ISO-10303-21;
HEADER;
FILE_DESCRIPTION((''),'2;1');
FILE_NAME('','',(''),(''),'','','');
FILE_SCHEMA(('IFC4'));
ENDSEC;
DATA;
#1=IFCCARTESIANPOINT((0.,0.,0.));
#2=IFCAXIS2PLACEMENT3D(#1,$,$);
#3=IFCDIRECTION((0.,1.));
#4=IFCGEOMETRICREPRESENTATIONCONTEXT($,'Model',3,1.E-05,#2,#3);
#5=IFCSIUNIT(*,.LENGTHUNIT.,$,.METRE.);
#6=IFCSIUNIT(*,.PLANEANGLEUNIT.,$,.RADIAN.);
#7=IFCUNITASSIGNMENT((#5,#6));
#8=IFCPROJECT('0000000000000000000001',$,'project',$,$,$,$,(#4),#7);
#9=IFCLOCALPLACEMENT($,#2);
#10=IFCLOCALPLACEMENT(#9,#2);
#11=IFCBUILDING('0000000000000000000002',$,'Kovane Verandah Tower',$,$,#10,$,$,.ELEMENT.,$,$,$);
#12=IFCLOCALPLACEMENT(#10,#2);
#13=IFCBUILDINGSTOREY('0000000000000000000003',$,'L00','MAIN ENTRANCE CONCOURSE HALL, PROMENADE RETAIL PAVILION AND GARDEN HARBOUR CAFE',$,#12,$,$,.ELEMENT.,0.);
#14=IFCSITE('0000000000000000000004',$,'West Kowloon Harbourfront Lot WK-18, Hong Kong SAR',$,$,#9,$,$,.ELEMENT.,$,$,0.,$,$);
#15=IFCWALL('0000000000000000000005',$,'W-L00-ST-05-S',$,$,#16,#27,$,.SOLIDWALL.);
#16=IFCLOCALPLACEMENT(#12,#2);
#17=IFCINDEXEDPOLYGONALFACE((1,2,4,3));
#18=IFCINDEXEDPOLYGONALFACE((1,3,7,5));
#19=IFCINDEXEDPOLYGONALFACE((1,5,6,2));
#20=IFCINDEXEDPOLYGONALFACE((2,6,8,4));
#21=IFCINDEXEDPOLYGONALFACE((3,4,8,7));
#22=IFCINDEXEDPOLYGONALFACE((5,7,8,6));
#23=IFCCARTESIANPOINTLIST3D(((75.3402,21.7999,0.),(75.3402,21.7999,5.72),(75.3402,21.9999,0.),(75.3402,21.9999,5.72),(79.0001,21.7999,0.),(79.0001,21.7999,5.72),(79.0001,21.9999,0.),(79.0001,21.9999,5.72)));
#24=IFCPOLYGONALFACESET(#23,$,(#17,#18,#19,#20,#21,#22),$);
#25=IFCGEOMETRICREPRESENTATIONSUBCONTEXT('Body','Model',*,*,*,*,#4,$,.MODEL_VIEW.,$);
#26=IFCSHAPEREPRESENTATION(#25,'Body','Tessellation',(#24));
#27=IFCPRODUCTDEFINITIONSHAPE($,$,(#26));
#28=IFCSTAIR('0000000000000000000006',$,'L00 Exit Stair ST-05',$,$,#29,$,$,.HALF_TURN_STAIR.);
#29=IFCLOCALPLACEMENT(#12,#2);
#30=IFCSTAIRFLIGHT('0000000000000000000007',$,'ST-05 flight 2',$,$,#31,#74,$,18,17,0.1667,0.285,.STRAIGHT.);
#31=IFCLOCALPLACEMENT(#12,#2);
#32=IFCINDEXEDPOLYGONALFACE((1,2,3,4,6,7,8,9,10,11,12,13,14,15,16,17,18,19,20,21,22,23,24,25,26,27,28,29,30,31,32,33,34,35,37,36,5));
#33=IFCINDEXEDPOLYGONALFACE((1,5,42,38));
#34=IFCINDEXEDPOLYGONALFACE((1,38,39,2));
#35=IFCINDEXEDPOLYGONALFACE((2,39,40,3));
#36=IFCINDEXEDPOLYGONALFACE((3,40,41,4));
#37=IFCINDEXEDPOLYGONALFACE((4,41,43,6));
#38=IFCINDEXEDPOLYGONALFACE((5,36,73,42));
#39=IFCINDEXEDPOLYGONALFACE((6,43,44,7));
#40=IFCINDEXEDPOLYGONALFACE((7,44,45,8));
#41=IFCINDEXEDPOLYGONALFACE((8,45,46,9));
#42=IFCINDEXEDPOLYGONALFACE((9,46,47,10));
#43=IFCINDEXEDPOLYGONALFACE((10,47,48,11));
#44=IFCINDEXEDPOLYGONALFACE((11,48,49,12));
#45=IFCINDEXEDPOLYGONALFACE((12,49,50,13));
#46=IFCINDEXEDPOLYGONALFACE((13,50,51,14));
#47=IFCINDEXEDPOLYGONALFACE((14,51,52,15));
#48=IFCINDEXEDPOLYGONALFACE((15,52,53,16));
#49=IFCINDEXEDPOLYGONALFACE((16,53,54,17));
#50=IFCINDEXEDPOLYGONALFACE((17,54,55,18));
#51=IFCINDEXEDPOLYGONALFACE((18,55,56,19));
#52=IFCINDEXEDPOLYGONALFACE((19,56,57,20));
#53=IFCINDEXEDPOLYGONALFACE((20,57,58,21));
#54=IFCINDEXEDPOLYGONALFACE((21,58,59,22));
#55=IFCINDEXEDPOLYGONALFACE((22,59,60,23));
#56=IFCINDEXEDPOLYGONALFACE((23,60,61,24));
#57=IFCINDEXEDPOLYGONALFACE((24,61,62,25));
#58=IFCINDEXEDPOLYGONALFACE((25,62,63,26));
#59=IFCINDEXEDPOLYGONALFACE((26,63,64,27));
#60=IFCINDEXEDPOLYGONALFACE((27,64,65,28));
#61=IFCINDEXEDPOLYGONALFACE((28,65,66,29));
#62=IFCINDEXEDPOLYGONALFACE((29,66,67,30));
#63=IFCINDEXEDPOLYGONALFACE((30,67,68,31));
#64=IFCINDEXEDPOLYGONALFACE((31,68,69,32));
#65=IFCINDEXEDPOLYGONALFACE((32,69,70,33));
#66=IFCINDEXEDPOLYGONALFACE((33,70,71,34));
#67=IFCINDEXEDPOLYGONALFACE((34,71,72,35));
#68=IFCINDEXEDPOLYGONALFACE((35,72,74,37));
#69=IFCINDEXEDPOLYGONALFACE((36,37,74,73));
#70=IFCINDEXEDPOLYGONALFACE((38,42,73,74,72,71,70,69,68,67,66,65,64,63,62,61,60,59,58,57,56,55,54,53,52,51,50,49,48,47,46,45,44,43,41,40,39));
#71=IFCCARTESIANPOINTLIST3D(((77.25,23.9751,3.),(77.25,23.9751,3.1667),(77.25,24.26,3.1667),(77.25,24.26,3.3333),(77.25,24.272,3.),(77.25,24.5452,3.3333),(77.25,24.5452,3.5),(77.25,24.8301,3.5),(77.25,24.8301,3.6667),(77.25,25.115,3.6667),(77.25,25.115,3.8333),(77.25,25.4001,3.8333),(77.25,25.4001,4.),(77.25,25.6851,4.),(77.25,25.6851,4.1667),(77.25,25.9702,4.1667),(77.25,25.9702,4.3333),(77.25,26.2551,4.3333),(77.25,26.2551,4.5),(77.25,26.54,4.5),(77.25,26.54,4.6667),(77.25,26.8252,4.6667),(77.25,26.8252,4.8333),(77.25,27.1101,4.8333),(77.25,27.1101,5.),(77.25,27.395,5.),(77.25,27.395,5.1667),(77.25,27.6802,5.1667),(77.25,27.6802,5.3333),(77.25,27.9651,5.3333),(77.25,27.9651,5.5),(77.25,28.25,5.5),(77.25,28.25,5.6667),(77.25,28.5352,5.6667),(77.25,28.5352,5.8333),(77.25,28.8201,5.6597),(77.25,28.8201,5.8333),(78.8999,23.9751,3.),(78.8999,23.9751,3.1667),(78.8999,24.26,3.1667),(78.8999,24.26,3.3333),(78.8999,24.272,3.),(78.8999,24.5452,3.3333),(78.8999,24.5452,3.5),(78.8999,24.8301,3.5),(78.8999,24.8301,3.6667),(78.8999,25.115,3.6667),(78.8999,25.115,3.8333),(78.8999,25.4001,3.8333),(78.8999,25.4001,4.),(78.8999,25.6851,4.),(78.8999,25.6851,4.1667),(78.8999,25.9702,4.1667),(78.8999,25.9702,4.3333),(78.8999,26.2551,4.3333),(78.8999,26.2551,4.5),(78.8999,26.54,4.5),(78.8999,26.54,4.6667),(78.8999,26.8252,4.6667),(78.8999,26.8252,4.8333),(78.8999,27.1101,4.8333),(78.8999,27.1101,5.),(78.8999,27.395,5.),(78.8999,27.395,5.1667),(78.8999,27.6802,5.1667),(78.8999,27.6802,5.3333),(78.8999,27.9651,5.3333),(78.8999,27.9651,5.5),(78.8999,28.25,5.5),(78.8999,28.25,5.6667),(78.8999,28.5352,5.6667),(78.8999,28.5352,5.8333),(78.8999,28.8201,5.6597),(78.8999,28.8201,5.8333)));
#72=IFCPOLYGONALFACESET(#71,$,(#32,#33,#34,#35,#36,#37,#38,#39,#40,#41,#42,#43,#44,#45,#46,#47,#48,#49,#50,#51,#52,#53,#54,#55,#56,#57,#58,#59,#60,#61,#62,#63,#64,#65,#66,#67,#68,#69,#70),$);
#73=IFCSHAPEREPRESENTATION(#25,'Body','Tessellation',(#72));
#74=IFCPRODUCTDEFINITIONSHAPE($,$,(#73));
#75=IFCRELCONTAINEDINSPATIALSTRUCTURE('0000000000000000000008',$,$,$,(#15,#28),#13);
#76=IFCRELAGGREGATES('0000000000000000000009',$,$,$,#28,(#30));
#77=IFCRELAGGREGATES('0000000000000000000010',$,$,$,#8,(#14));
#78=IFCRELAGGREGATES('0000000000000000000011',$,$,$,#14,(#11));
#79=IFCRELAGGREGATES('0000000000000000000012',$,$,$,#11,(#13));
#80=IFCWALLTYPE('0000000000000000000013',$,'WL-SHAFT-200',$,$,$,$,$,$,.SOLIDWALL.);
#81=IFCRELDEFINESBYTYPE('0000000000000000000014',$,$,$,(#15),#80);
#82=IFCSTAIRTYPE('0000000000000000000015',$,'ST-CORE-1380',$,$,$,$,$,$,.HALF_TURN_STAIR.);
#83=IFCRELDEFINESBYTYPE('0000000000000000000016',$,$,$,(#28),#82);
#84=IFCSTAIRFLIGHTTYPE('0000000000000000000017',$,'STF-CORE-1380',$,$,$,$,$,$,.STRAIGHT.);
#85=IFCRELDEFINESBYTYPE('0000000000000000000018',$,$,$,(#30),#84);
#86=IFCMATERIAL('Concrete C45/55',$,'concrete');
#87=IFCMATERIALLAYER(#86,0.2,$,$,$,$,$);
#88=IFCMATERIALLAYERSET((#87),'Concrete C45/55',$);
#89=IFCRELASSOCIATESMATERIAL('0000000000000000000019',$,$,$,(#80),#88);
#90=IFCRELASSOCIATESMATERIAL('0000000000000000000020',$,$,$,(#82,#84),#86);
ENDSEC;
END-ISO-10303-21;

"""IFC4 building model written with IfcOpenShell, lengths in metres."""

from ifc_helpers import new_model, si_unit, direction, frame, frame_2d, origin, place, context, subcontext, project, spatial, polyline, rectangle, outline, extrude, material, layer, layer_set, type_object, element, aggregate, save


model = new_model("IFC4")

# Units and contexts
model_context = context("Model", 3, precision=1e-05, world=origin(), true_north=direction((0.0, 1.0)))
body_context = subcontext(model_context, "Body", "Model", "MODEL_VIEW")
ifc_project = project(units=[si_unit("LENGTHUNIT", "METRE"), si_unit("PLANEANGLEUNIT", "RADIAN")], contexts=[model_context])

# Site, building, storey
site_placement = place(None, origin())
site = spatial("IfcSite", under=ifc_project, at=site_placement, Name="West Kowloon Harbourfront Lot WK-18, Hong Kong SAR", CompositionType="ELEMENT", RefElevation=0.0)
building_placement = place(site_placement, origin())
building = spatial("IfcBuilding", under=site, at=building_placement, Name="Kovane Verandah Tower", CompositionType="ELEMENT")
storey_placement = place(building_placement, origin())
storey = spatial("IfcBuildingStorey", under=building, at=storey_placement, Name="L00", Description="MAIN ENTRANCE CONCOURSE HALL, PROMENADE RETAIL PAVILION AND GARDEN HARBOUR CAFE", CompositionType="ELEMENT", Elevation=0.0)

# Wall
ifc_material_1 = material(Name="Concrete C45/55", Category="concrete")
ifc_layer_1 = layer(ifc_material_1, 0.2)
ifc_layer_set_1 = layer_set([ifc_layer_1], Name="Concrete C45/55")
wall_type = type_object("IfcWallType", Name="WL-SHAFT-200", PredefinedType="SOLIDWALL", material=ifc_layer_set_1)
wall_placement = place(storey_placement, frame((75.3401, 21.8999, 0.0), z_axis=(0.0, 0.0, 1.0), x_axis=(1.0, 0.0, 0.0)))
element("IfcWall", 1, at=wall_placement, inside=storey, type_object=wall_type, Name="W-L00-ST-05-S", PredefinedType="SOLIDWALL", context=body_context, shape_type="SweptSolid", body=[
    extrude(rectangle(XDim=3.6599, YDim=0.2, at=frame_2d((1.8301, 0.0))), origin(), (0.0, 0.0, 1.0), 5.72),
])

# Stair, stair flight
stair_type = type_object("IfcStairType", Name="ST-CORE-1380", PredefinedType="HALF_TURN_STAIR", material=ifc_material_1)
stair_placement = place(storey_placement, origin())
stair = element("IfcStair", 2, at=stair_placement, inside=storey, type_object=stair_type, Name="L00 Exit Stair ST-05", PredefinedType="HALF_TURN_STAIR")
stair_flight_type = type_object("IfcStairFlightType", Name="STF-CORE-1380", PredefinedType="STRAIGHT", material=ifc_material_1)
stair_flight_placement = place(storey_placement, frame((78.075, 23.9751, 3.0), z_axis=(0.0, 0.0, 1.0), x_axis=(0.0, 1.0, 0.0)))
stair_flight = element("IfcStairFlight", 3, at=stair_flight_placement, type_object=stair_flight_type, Name="ST-05 flight 2", NumberOfRisers=18, NumberOfTreads=17, PredefinedType="STRAIGHT", RiserHeight=0.1667, TreadLength=0.285, context=body_context, shape_type="SweptSolid", body=[
    extrude(outline(polyline([(0.0, 0.0), (0.0, 0.1667), (0.2849, 0.1667), (0.2849, 0.3333), (0.5701, 0.3333), (0.5701, 0.5), (0.855, 0.5), (0.855, 0.6667), (1.1399, 0.6667), (1.1399, 0.8333), (1.425, 0.8333), (1.425, 1.0), (1.71, 1.0), (1.71, 1.1667), (1.9951, 1.1667), (1.9951, 1.3333), (2.28, 1.3333), (2.28, 1.5), (2.5649, 1.5), (2.5649, 1.6667), (2.8501, 1.6667), (2.8501, 1.8333), (3.135, 1.8333), (3.135, 2.0), (3.4199, 2.0), (3.4199, 2.1667), (3.7051, 2.1667), (3.7051, 2.3333), (3.99, 2.3333), (3.99, 2.5), (4.2749, 2.5), (4.2749, 2.6667), (4.5601, 2.6667), (4.5601, 2.8333), (4.845, 2.8333), (4.845, 3.0), (4.845, 2.6597), (0.2969, 0.0), (0.0, 0.0)])), frame((0.0, 0.825, 0.0), z_axis=(0.0, -1.0, 0.0), x_axis=(1.0, 0.0, 0.0)), (0.0, 0.0, 1.0), 1.6499),
])
aggregate(stair, [stair_flight])

save(model, "model.ifc")
